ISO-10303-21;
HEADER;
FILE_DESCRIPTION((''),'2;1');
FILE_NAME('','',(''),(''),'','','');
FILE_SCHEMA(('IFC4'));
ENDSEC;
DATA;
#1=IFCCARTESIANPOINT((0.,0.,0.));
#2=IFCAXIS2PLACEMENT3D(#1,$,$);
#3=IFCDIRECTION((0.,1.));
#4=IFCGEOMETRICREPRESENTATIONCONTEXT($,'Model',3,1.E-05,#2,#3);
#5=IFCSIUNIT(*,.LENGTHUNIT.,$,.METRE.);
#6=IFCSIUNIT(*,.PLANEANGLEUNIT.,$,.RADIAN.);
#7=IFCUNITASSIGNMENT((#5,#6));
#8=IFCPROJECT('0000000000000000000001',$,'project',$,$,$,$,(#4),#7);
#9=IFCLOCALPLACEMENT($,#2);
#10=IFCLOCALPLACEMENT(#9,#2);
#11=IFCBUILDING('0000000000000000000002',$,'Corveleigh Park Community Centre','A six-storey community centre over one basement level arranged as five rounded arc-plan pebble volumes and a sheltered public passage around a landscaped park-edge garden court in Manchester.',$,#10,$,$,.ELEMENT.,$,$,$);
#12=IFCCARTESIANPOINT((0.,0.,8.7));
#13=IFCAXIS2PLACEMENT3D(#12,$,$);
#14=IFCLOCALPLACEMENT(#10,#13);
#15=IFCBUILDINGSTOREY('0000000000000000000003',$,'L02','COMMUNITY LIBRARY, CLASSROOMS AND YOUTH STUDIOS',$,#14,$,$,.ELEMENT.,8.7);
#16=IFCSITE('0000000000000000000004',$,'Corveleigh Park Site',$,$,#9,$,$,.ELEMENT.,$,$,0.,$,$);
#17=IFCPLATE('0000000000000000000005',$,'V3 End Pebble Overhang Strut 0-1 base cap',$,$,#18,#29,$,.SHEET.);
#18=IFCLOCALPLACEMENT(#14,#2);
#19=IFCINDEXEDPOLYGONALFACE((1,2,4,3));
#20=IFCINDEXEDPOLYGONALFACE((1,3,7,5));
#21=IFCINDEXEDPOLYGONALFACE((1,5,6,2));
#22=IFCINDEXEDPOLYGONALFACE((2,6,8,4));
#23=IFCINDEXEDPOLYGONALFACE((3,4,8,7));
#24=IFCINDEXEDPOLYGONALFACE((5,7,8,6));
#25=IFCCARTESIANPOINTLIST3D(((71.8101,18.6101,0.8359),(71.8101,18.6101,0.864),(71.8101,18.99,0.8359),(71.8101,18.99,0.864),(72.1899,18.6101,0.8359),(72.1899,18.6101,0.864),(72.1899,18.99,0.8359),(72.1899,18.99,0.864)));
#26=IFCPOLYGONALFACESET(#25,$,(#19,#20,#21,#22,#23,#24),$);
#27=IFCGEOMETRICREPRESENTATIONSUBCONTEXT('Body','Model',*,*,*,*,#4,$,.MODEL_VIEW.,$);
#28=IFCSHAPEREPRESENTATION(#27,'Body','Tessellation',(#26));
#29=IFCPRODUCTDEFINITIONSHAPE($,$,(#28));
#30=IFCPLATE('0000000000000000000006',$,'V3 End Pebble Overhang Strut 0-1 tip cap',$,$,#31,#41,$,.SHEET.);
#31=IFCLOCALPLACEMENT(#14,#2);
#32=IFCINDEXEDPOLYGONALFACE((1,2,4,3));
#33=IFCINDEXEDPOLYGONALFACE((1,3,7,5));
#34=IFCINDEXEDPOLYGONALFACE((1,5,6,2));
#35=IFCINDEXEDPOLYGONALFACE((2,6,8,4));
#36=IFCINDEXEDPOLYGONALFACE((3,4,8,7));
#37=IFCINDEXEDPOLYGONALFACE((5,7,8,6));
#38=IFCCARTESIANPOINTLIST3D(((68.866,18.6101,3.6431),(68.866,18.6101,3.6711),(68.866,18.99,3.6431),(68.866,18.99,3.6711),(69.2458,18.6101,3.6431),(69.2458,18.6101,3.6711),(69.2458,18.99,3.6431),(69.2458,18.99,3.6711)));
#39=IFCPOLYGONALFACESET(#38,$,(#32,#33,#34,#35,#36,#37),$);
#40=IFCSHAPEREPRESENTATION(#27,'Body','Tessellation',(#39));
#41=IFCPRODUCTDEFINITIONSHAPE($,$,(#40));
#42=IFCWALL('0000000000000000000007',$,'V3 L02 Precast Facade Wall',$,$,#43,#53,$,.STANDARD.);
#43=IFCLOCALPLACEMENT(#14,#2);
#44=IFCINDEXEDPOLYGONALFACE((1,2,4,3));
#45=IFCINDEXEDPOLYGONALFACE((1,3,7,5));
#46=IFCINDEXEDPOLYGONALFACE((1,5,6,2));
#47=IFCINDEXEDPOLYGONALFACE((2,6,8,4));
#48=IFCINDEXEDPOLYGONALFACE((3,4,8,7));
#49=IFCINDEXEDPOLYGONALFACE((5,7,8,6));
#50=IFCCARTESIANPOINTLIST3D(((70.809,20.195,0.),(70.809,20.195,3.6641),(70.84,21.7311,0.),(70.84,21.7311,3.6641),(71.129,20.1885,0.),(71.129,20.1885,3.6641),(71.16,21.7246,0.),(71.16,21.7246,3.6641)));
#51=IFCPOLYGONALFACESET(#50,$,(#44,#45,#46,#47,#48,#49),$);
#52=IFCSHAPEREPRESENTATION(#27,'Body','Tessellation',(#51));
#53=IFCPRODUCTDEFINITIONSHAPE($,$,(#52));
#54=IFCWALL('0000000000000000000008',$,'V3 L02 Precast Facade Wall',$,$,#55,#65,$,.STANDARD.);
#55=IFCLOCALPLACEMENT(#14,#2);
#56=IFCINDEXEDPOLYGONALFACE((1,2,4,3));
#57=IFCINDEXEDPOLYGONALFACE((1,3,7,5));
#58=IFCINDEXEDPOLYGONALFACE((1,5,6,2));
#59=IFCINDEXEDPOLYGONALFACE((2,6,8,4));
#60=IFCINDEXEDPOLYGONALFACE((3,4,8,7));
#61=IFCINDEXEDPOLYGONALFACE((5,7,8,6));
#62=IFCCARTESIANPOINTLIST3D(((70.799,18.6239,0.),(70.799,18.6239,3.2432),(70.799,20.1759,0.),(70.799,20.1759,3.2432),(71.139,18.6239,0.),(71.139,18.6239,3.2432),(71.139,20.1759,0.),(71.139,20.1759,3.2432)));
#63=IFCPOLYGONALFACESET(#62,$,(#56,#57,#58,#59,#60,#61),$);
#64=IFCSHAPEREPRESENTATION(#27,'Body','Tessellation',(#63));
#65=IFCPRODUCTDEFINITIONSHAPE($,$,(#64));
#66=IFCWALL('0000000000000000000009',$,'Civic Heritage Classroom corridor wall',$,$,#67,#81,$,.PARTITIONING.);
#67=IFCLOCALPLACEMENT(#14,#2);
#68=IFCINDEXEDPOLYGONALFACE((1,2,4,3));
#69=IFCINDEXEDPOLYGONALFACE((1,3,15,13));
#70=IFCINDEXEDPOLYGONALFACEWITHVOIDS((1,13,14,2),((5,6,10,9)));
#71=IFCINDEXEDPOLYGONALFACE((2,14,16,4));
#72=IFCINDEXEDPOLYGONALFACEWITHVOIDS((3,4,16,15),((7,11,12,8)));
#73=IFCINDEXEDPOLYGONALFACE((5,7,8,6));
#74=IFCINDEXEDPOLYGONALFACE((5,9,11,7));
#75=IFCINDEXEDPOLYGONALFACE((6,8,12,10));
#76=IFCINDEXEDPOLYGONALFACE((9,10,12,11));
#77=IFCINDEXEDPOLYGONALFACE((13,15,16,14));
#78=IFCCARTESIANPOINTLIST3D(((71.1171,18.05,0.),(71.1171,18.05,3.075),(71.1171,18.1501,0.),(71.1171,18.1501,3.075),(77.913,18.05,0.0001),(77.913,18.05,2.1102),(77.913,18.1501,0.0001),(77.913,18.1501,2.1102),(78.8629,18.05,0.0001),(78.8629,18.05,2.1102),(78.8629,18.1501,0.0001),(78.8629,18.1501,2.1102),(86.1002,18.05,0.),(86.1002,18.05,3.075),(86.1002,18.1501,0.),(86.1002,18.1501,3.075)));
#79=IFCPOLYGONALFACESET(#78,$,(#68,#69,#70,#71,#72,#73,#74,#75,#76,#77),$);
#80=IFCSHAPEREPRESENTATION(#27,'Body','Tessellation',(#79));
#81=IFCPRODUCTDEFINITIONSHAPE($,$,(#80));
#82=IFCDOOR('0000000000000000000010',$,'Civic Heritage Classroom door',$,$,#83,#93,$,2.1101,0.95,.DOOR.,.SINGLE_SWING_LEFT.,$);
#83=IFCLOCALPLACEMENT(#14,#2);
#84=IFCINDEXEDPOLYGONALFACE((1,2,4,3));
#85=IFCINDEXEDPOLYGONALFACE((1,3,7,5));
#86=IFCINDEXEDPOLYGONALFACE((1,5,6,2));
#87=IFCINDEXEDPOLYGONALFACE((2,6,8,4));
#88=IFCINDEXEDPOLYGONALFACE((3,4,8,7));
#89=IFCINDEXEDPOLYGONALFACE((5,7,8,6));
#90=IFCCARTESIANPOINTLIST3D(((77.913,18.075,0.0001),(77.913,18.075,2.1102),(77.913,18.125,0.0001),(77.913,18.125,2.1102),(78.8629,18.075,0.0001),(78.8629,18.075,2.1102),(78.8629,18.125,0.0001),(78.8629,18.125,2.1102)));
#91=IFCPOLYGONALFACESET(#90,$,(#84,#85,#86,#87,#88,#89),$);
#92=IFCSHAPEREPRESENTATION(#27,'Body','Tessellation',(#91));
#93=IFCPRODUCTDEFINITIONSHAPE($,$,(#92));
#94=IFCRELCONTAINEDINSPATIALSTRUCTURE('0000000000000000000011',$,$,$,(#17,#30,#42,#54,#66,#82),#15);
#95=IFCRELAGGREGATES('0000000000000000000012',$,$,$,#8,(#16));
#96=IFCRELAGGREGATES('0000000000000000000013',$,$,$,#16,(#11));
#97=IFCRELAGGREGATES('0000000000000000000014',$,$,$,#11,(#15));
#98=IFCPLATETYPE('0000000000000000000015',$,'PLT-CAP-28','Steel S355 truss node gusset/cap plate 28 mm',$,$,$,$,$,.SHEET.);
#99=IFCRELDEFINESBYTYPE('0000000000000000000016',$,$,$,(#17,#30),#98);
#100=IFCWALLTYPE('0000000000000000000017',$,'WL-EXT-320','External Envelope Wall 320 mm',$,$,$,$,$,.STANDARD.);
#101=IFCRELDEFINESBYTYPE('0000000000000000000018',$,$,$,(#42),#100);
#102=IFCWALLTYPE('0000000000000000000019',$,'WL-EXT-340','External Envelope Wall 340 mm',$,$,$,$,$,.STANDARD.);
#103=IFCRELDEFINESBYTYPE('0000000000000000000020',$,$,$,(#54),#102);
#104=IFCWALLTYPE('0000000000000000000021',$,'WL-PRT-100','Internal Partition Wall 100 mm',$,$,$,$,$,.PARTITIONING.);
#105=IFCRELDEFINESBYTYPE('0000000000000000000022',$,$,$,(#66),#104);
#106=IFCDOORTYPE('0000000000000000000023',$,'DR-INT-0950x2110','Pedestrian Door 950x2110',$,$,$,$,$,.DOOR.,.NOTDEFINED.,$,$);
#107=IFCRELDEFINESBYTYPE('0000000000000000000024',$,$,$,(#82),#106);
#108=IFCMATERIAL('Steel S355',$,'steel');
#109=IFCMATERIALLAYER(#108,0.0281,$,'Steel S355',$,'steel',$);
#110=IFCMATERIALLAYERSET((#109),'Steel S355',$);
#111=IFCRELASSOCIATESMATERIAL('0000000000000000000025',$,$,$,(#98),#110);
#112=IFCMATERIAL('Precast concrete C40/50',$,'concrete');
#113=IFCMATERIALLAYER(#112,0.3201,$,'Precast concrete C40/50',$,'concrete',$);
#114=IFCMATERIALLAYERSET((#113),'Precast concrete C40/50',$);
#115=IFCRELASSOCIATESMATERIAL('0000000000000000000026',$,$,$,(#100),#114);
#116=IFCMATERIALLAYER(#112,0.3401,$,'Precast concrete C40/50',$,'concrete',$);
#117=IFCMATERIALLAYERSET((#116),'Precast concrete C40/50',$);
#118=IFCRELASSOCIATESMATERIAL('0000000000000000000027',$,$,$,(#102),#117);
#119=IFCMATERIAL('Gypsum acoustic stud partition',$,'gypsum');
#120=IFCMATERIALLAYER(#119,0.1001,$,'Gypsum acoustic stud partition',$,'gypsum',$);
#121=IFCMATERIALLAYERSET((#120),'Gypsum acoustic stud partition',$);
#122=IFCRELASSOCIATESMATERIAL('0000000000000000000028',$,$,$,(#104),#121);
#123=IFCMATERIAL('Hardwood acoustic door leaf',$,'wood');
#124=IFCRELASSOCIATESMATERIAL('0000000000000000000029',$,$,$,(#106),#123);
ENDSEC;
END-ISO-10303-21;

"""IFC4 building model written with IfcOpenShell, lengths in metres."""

from ifc_helpers import new_model, si_unit, direction, frame, frame_2d, origin, origin_2d, place, context, subcontext, project, spatial, rectangle, extrude, material, layer, layer_set, type_object, element, fill, save


model = new_model("IFC4")

# Units and contexts
model_context = context("Model", 3, precision=1e-05, world=origin(), true_north=direction((0.0, 1.0)))
body_context = subcontext(model_context, "Body", "Model", "MODEL_VIEW")
ifc_project = project(units=[si_unit("LENGTHUNIT", "METRE"), si_unit("PLANEANGLEUNIT", "RADIAN")], contexts=[model_context])

# Site, building, storey
site_placement = place(None, origin())
site = spatial("IfcSite", under=ifc_project, at=site_placement, Name="Corveleigh Park Site", CompositionType="ELEMENT", RefElevation=0.0)
building_placement = place(site_placement, origin())
building = spatial("IfcBuilding", under=site, at=building_placement, Name="Corveleigh Park Community Centre", Description="A six-storey community centre over one basement level arranged as five rounded arc-plan pebble volumes and a sheltered public passage around a landscaped park-edge garden court in Manchester.", CompositionType="ELEMENT")
storey_placement = place(building_placement, frame((0.0, 0.0, 8.7)))
storey = spatial("IfcBuildingStorey", under=building, at=storey_placement, Name="L02", Description="COMMUNITY LIBRARY, CLASSROOMS AND YOUTH STUDIOS", CompositionType="ELEMENT", Elevation=8.7)

# Shared definitions
ifc_material_1 = material(Name="Steel S355", Category="steel")

# Plates
ifc_layer_1 = layer(ifc_material_1, 0.0281, Name="Steel S355", Category="steel")
ifc_layer_set_1 = layer_set([ifc_layer_1], Name="Steel S355")
plate_type_1 = type_object("IfcPlateType", Name="PLT-CAP-28", Description="Steel S355 truss node gusset/cap plate 28 mm", PredefinedType="SHEET", material=ifc_layer_set_1)
for number, where, z_axis, x_axis, name in (
    (1, (72.0, 18.8, 0.8359), (0.0, 0.0, 1.0), (1.0, 0.0, 0.0), "V3 End Pebble Overhang Strut 0-1 base cap"),
    (2, (69.0559, 18.8, 3.6431), (0.0, 0.0, 1.0), (1.0, 0.0, 0.0), "V3 End Pebble Overhang Strut 0-1 tip cap"),
):
    element("IfcPlate", number, at=place(storey_placement, frame(where, z_axis=z_axis, x_axis=x_axis)), inside=storey, type_object=plate_type_1, Name=name, PredefinedType="SHEET", context=body_context, shape_type="SweptSolid", body=[
        extrude(rectangle(XDim=0.3799, YDim=0.3799, at=origin_2d()), origin(), (0.0, 0.0, 1.0), 0.0281),
    ])

# Walls
ifc_material_2 = material(Name="Precast concrete C40/50", Category="concrete")
ifc_layer_2 = layer(ifc_material_2, 0.3201, Name="Precast concrete C40/50", Category="concrete")
ifc_layer_set_2 = layer_set([ifc_layer_2], Name="Precast concrete C40/50")
wall_type_1 = type_object("IfcWallType", Name="WL-EXT-320", Description="External Envelope Wall 320 mm", PredefinedType="STANDARD", material=ifc_layer_set_2)
wall_1_placement = place(storey_placement, frame((70.969, 20.1919, 0.0), z_axis=(0.0, 0.0, 1.0), x_axis=(0.02018, 0.999796, 0.0)))
element("IfcWall", 3, at=wall_1_placement, inside=storey, type_object=wall_type_1, Name="V3 L02 Precast Facade Wall", PredefinedType="STANDARD", context=body_context, shape_type="SweptSolid", body=[
    extrude(rectangle(XDim=1.5364, YDim=0.3201, at=frame_2d((0.7681, 0.0))), origin(), (0.0, 0.0, 1.0), 3.6641),
])
ifc_layer_3 = layer(ifc_material_2, 0.3401, Name="Precast concrete C40/50", Category="concrete")
ifc_layer_set_3 = layer_set([ifc_layer_3], Name="Precast concrete C40/50")
wall_type_2 = type_object("IfcWallType", Name="WL-EXT-340", Description="External Envelope Wall 340 mm", PredefinedType="STANDARD", material=ifc_layer_set_3)
wall_2_placement = place(storey_placement, frame((70.969, 18.624, 0.0), z_axis=(0.0, 0.0, 1.0), x_axis=(0.0, 1.0, 0.0)))
element("IfcWall", 4, at=wall_2_placement, inside=storey, type_object=wall_type_2, Name="V3 L02 Precast Facade Wall", PredefinedType="STANDARD", context=body_context, shape_type="SweptSolid", body=[
    extrude(rectangle(XDim=1.552, YDim=0.3401, at=frame_2d((0.7759, 0.0))), origin(), (0.0, 0.0, 1.0), 3.2432),
])

# Wall, opening, door
ifc_material_3 = material(Name="Gypsum acoustic stud partition", Category="gypsum")
ifc_layer_4 = layer(ifc_material_3, 0.1001, Name="Gypsum acoustic stud partition", Category="gypsum")
ifc_layer_set_4 = layer_set([ifc_layer_4], Name="Gypsum acoustic stud partition")
wall_type_3 = type_object("IfcWallType", Name="WL-PRT-100", Description="Internal Partition Wall 100 mm", PredefinedType="PARTITIONING", material=ifc_layer_set_4)
wall_3_placement = place(storey_placement, frame((71.1169, 18.1001, 0.0), z_axis=(0.0, 0.0, 1.0), x_axis=(1.0, 0.0, 0.0)))
wall_3 = element("IfcWall", 5, at=wall_3_placement, inside=storey, type_object=wall_type_3, Name="Civic Heritage Classroom corridor wall", PredefinedType="PARTITIONING", context=body_context, shape_type="SweptSolid", body=[
    extrude(rectangle(XDim=14.9832, YDim=0.1001, at=frame_2d((7.4917, 0.0))), origin(), (0.0, 0.0, 1.0), 3.075),
])
opening_placement = place(wall_3_placement, frame((6.7959, 0.0, 0.0)))
opening = element("IfcOpeningElement", 6, at=opening_placement, cuts=wall_3, PredefinedType="OPENING", context=body_context, shape_type="SweptSolid", body=[
    extrude(rectangle(XDim=0.95, YDim=2.1101, at=frame_2d((0.4751, 1.0552))), frame((0.0, 0.0601, 0.0), z_axis=(0.0, -1.0, 0.0), x_axis=(1.0, 0.0, 0.0)), (0.0, 0.0, 1.0), 0.1201),
])
ifc_material_4 = material(Name="Hardwood acoustic door leaf", Category="wood")
door_type = type_object("IfcDoorType", Name="DR-INT-0950x2110", Description="Pedestrian Door 950x2110", OperationType="NOTDEFINED", PredefinedType="DOOR", material=ifc_material_4)
door_placement = place(opening_placement, origin())
door = element("IfcDoor", 7, at=door_placement, inside=storey, type_object=door_type, Name="Civic Heritage Classroom door", OperationType="SINGLE_SWING_LEFT", OverallHeight=2.1101, OverallWidth=0.95, PredefinedType="DOOR", context=body_context, shape_type="SweptSolid", body=[
    extrude(rectangle(XDim=0.95, YDim=2.1101, at=frame_2d((0.4751, 1.0552))), frame((0.0, 0.0249, 0.0), z_axis=(0.0, -1.0, 0.0), x_axis=(1.0, 0.0, 0.0)), (0.0, 0.0, 1.0), 0.05),
])
fill(opening, door)

save(model, "model.ifc")
